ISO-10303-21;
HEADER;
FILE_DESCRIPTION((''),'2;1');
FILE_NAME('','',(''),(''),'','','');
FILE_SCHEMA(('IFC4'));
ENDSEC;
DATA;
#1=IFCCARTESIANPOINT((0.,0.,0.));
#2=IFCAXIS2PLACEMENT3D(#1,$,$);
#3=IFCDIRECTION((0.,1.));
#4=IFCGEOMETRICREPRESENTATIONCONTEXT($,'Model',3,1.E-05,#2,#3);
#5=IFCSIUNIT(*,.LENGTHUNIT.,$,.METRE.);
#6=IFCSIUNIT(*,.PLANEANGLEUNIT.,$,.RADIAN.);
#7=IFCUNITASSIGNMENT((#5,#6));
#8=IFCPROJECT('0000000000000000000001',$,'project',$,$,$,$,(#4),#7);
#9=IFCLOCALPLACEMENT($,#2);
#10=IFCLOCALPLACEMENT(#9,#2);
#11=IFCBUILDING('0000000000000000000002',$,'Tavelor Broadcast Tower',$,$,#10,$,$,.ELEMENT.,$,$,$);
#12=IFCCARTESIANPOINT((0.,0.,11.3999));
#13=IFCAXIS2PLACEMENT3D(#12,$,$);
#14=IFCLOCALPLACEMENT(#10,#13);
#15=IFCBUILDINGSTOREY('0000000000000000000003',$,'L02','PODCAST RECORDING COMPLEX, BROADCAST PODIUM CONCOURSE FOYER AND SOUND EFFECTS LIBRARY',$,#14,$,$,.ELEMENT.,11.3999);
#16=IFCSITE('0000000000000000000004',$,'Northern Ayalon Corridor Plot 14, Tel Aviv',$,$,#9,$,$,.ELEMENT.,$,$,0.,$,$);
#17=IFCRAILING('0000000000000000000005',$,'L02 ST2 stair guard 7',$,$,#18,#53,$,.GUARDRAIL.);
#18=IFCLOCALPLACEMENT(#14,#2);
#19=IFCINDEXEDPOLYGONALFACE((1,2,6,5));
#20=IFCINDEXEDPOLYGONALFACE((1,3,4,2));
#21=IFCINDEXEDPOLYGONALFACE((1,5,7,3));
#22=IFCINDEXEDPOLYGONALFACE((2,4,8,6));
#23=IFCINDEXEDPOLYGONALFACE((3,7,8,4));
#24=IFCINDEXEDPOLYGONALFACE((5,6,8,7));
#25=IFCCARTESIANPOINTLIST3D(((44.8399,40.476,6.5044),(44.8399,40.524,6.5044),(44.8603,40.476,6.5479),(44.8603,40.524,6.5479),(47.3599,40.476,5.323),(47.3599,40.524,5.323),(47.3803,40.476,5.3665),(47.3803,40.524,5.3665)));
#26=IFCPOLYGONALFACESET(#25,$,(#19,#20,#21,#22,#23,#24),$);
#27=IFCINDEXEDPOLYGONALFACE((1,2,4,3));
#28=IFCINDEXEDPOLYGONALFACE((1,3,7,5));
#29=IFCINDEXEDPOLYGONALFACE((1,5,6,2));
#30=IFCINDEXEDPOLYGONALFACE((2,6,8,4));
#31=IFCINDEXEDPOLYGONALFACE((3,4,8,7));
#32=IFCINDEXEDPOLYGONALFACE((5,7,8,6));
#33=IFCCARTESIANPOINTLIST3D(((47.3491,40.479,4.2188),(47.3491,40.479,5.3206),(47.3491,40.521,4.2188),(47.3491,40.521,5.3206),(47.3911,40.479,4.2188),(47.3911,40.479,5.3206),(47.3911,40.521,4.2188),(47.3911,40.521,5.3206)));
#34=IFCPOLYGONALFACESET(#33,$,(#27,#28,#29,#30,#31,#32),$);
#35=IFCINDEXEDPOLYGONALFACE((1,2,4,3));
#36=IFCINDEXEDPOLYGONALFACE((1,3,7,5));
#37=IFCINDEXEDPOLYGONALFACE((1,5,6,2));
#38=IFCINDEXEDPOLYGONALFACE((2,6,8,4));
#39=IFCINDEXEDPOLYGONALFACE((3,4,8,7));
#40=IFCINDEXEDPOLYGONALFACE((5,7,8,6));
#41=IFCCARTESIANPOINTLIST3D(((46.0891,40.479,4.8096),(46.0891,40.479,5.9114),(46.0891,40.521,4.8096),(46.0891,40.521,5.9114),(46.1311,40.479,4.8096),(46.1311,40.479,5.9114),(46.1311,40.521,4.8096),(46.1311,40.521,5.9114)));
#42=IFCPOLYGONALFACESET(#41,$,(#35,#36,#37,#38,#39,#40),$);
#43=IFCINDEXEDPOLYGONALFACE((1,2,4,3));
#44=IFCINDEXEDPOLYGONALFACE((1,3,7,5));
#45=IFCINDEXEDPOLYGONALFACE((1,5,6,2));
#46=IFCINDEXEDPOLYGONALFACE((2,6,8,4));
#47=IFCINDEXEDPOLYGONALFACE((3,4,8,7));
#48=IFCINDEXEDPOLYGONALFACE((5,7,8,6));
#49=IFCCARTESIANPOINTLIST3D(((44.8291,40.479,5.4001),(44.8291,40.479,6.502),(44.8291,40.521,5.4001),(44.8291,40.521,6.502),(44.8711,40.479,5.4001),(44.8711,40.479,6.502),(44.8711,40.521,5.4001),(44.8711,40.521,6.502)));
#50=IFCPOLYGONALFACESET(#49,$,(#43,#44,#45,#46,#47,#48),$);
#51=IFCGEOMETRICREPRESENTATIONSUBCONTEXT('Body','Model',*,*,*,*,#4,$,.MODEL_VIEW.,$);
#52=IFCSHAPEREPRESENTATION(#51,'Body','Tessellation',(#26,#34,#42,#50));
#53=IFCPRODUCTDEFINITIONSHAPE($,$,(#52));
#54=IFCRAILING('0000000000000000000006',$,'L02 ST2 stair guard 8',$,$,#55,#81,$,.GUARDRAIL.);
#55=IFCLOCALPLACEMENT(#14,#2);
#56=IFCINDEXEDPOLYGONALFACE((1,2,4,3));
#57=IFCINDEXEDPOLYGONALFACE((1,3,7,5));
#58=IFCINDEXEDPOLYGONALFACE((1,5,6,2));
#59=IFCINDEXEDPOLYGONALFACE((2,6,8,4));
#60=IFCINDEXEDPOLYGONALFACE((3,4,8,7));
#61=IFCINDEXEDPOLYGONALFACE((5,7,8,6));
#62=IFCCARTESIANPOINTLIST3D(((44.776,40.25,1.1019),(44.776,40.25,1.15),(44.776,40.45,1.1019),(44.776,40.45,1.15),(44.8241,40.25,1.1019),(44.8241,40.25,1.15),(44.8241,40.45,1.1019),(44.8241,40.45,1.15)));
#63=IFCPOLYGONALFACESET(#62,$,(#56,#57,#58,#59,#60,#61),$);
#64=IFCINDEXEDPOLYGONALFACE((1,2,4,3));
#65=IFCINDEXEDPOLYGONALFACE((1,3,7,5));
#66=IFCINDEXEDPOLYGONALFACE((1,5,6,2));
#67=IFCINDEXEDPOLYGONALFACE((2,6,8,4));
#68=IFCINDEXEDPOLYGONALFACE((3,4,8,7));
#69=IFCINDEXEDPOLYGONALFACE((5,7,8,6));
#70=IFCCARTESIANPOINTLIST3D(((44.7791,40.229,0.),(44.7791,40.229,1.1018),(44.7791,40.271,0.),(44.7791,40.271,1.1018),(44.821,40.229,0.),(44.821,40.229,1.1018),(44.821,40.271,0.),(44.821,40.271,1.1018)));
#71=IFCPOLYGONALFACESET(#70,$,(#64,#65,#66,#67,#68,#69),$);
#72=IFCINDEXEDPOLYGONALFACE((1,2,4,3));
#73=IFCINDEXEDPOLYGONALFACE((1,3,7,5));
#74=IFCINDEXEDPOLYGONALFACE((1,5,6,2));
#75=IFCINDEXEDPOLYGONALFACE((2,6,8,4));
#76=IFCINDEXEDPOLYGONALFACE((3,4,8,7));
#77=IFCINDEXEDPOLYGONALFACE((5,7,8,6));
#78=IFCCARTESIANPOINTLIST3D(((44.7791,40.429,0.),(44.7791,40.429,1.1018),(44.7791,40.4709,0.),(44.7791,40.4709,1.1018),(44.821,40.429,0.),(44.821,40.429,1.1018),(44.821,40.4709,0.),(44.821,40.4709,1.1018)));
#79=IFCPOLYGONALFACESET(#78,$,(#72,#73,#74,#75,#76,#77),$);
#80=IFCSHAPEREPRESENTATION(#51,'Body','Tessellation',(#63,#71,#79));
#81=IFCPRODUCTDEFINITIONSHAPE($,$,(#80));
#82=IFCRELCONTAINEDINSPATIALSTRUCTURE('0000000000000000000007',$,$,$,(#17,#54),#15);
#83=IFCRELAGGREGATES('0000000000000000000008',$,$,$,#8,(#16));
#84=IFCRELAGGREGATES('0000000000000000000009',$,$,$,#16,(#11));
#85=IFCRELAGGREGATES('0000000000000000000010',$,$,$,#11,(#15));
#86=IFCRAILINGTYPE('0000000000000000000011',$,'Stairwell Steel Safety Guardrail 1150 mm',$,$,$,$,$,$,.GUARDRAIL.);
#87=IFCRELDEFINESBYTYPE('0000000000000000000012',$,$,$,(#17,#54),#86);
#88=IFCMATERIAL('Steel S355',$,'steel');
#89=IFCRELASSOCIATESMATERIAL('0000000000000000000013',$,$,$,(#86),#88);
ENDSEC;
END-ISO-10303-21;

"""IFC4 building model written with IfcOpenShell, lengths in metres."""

from ifc_helpers import new_model, si_unit, direction, frame, origin, origin_2d, place, context, subcontext, project, spatial, rectangle, extrude, material, type_object, element, save


model = new_model("IFC4")

# Units and contexts
model_context = context("Model", 3, precision=1e-05, world=origin(), true_north=direction((0.0, 1.0)))
body_context = subcontext(model_context, "Body", "Model", "MODEL_VIEW")
ifc_project = project(units=[si_unit("LENGTHUNIT", "METRE"), si_unit("PLANEANGLEUNIT", "RADIAN")], contexts=[model_context])

# Site, building, storey
site_placement = place(None, origin())
site = spatial("IfcSite", under=ifc_project, at=site_placement, Name="Northern Ayalon Corridor Plot 14, Tel Aviv", CompositionType="ELEMENT", RefElevation=0.0)
building_placement = place(site_placement, origin())
building = spatial("IfcBuilding", under=site, at=building_placement, Name="Tavelor Broadcast Tower", CompositionType="ELEMENT")
storey_placement = place(building_placement, frame((0.0, 0.0, 11.3999)))
storey = spatial("IfcBuildingStorey", under=building, at=storey_placement, Name="L02", Description="PODCAST RECORDING COMPLEX, BROADCAST PODIUM CONCOURSE FOYER AND SOUND EFFECTS LIBRARY", CompositionType="ELEMENT", Elevation=11.3999)

# Shared definitions
ifc_material_1 = material(Name="Steel S355", Category="steel")

# Railings
railing_type_1 = type_object("IfcRailingType", Name="Stairwell Steel Safety Guardrail 1150 mm", PredefinedType="GUARDRAIL", material=ifc_material_1)
railing_1_placement = place(storey_placement, frame((47.3701, 40.5, 4.2188)))
element("IfcRailing", 1, at=railing_1_placement, inside=storey, type_object=railing_type_1, Name="L02 ST2 stair guard 7", PredefinedType="GUARDRAIL", context=body_context, shape_type="SweptSolid", body=[
    extrude(rectangle(XDim=0.0481, YDim=0.0481, at=origin_2d()), frame((0.0, 0.0, 1.126), z_axis=(-0.90544, 0.0, 0.424474), x_axis=(0.0, -1.0, 0.0)), (0.0, 0.0, 1.0), 2.7832),
    extrude(rectangle(XDim=0.042, YDim=0.042, at=origin_2d()), origin(), (0.0, 0.0, 1.0), 1.1018),
    extrude(rectangle(XDim=0.042, YDim=0.042, at=origin_2d()), frame((-1.26, 0.0, 0.5908)), (0.0, 0.0, 1.0), 1.1018),
    extrude(rectangle(XDim=0.042, YDim=0.042, at=origin_2d()), frame((-2.52, 0.0, 1.1814)), (0.0, 0.0, 1.0), 1.1018),
])
railing_2_placement = place(storey_placement, frame((44.8, 40.25, 0.0)))
element("IfcRailing", 2, at=railing_2_placement, inside=storey, type_object=railing_type_1, Name="L02 ST2 stair guard 8", PredefinedType="GUARDRAIL", context=body_context, shape_type="SweptSolid", body=[
    extrude(rectangle(XDim=0.0481, YDim=0.0481, at=origin_2d()), frame((0.0, 0.0, 1.126), z_axis=(0.0, 1.0, 0.0), x_axis=(-1.0, 0.0, 0.0)), (0.0, 0.0, 1.0), 0.2),
    extrude(rectangle(XDim=0.042, YDim=0.042, at=origin_2d()), origin(), (0.0, 0.0, 1.0), 1.1018),
    extrude(rectangle(XDim=0.042, YDim=0.042, at=origin_2d()), frame((0.0, 0.2, 0.0)), (0.0, 0.0, 1.0), 1.1018),
])

save(model, "model.ifc")
